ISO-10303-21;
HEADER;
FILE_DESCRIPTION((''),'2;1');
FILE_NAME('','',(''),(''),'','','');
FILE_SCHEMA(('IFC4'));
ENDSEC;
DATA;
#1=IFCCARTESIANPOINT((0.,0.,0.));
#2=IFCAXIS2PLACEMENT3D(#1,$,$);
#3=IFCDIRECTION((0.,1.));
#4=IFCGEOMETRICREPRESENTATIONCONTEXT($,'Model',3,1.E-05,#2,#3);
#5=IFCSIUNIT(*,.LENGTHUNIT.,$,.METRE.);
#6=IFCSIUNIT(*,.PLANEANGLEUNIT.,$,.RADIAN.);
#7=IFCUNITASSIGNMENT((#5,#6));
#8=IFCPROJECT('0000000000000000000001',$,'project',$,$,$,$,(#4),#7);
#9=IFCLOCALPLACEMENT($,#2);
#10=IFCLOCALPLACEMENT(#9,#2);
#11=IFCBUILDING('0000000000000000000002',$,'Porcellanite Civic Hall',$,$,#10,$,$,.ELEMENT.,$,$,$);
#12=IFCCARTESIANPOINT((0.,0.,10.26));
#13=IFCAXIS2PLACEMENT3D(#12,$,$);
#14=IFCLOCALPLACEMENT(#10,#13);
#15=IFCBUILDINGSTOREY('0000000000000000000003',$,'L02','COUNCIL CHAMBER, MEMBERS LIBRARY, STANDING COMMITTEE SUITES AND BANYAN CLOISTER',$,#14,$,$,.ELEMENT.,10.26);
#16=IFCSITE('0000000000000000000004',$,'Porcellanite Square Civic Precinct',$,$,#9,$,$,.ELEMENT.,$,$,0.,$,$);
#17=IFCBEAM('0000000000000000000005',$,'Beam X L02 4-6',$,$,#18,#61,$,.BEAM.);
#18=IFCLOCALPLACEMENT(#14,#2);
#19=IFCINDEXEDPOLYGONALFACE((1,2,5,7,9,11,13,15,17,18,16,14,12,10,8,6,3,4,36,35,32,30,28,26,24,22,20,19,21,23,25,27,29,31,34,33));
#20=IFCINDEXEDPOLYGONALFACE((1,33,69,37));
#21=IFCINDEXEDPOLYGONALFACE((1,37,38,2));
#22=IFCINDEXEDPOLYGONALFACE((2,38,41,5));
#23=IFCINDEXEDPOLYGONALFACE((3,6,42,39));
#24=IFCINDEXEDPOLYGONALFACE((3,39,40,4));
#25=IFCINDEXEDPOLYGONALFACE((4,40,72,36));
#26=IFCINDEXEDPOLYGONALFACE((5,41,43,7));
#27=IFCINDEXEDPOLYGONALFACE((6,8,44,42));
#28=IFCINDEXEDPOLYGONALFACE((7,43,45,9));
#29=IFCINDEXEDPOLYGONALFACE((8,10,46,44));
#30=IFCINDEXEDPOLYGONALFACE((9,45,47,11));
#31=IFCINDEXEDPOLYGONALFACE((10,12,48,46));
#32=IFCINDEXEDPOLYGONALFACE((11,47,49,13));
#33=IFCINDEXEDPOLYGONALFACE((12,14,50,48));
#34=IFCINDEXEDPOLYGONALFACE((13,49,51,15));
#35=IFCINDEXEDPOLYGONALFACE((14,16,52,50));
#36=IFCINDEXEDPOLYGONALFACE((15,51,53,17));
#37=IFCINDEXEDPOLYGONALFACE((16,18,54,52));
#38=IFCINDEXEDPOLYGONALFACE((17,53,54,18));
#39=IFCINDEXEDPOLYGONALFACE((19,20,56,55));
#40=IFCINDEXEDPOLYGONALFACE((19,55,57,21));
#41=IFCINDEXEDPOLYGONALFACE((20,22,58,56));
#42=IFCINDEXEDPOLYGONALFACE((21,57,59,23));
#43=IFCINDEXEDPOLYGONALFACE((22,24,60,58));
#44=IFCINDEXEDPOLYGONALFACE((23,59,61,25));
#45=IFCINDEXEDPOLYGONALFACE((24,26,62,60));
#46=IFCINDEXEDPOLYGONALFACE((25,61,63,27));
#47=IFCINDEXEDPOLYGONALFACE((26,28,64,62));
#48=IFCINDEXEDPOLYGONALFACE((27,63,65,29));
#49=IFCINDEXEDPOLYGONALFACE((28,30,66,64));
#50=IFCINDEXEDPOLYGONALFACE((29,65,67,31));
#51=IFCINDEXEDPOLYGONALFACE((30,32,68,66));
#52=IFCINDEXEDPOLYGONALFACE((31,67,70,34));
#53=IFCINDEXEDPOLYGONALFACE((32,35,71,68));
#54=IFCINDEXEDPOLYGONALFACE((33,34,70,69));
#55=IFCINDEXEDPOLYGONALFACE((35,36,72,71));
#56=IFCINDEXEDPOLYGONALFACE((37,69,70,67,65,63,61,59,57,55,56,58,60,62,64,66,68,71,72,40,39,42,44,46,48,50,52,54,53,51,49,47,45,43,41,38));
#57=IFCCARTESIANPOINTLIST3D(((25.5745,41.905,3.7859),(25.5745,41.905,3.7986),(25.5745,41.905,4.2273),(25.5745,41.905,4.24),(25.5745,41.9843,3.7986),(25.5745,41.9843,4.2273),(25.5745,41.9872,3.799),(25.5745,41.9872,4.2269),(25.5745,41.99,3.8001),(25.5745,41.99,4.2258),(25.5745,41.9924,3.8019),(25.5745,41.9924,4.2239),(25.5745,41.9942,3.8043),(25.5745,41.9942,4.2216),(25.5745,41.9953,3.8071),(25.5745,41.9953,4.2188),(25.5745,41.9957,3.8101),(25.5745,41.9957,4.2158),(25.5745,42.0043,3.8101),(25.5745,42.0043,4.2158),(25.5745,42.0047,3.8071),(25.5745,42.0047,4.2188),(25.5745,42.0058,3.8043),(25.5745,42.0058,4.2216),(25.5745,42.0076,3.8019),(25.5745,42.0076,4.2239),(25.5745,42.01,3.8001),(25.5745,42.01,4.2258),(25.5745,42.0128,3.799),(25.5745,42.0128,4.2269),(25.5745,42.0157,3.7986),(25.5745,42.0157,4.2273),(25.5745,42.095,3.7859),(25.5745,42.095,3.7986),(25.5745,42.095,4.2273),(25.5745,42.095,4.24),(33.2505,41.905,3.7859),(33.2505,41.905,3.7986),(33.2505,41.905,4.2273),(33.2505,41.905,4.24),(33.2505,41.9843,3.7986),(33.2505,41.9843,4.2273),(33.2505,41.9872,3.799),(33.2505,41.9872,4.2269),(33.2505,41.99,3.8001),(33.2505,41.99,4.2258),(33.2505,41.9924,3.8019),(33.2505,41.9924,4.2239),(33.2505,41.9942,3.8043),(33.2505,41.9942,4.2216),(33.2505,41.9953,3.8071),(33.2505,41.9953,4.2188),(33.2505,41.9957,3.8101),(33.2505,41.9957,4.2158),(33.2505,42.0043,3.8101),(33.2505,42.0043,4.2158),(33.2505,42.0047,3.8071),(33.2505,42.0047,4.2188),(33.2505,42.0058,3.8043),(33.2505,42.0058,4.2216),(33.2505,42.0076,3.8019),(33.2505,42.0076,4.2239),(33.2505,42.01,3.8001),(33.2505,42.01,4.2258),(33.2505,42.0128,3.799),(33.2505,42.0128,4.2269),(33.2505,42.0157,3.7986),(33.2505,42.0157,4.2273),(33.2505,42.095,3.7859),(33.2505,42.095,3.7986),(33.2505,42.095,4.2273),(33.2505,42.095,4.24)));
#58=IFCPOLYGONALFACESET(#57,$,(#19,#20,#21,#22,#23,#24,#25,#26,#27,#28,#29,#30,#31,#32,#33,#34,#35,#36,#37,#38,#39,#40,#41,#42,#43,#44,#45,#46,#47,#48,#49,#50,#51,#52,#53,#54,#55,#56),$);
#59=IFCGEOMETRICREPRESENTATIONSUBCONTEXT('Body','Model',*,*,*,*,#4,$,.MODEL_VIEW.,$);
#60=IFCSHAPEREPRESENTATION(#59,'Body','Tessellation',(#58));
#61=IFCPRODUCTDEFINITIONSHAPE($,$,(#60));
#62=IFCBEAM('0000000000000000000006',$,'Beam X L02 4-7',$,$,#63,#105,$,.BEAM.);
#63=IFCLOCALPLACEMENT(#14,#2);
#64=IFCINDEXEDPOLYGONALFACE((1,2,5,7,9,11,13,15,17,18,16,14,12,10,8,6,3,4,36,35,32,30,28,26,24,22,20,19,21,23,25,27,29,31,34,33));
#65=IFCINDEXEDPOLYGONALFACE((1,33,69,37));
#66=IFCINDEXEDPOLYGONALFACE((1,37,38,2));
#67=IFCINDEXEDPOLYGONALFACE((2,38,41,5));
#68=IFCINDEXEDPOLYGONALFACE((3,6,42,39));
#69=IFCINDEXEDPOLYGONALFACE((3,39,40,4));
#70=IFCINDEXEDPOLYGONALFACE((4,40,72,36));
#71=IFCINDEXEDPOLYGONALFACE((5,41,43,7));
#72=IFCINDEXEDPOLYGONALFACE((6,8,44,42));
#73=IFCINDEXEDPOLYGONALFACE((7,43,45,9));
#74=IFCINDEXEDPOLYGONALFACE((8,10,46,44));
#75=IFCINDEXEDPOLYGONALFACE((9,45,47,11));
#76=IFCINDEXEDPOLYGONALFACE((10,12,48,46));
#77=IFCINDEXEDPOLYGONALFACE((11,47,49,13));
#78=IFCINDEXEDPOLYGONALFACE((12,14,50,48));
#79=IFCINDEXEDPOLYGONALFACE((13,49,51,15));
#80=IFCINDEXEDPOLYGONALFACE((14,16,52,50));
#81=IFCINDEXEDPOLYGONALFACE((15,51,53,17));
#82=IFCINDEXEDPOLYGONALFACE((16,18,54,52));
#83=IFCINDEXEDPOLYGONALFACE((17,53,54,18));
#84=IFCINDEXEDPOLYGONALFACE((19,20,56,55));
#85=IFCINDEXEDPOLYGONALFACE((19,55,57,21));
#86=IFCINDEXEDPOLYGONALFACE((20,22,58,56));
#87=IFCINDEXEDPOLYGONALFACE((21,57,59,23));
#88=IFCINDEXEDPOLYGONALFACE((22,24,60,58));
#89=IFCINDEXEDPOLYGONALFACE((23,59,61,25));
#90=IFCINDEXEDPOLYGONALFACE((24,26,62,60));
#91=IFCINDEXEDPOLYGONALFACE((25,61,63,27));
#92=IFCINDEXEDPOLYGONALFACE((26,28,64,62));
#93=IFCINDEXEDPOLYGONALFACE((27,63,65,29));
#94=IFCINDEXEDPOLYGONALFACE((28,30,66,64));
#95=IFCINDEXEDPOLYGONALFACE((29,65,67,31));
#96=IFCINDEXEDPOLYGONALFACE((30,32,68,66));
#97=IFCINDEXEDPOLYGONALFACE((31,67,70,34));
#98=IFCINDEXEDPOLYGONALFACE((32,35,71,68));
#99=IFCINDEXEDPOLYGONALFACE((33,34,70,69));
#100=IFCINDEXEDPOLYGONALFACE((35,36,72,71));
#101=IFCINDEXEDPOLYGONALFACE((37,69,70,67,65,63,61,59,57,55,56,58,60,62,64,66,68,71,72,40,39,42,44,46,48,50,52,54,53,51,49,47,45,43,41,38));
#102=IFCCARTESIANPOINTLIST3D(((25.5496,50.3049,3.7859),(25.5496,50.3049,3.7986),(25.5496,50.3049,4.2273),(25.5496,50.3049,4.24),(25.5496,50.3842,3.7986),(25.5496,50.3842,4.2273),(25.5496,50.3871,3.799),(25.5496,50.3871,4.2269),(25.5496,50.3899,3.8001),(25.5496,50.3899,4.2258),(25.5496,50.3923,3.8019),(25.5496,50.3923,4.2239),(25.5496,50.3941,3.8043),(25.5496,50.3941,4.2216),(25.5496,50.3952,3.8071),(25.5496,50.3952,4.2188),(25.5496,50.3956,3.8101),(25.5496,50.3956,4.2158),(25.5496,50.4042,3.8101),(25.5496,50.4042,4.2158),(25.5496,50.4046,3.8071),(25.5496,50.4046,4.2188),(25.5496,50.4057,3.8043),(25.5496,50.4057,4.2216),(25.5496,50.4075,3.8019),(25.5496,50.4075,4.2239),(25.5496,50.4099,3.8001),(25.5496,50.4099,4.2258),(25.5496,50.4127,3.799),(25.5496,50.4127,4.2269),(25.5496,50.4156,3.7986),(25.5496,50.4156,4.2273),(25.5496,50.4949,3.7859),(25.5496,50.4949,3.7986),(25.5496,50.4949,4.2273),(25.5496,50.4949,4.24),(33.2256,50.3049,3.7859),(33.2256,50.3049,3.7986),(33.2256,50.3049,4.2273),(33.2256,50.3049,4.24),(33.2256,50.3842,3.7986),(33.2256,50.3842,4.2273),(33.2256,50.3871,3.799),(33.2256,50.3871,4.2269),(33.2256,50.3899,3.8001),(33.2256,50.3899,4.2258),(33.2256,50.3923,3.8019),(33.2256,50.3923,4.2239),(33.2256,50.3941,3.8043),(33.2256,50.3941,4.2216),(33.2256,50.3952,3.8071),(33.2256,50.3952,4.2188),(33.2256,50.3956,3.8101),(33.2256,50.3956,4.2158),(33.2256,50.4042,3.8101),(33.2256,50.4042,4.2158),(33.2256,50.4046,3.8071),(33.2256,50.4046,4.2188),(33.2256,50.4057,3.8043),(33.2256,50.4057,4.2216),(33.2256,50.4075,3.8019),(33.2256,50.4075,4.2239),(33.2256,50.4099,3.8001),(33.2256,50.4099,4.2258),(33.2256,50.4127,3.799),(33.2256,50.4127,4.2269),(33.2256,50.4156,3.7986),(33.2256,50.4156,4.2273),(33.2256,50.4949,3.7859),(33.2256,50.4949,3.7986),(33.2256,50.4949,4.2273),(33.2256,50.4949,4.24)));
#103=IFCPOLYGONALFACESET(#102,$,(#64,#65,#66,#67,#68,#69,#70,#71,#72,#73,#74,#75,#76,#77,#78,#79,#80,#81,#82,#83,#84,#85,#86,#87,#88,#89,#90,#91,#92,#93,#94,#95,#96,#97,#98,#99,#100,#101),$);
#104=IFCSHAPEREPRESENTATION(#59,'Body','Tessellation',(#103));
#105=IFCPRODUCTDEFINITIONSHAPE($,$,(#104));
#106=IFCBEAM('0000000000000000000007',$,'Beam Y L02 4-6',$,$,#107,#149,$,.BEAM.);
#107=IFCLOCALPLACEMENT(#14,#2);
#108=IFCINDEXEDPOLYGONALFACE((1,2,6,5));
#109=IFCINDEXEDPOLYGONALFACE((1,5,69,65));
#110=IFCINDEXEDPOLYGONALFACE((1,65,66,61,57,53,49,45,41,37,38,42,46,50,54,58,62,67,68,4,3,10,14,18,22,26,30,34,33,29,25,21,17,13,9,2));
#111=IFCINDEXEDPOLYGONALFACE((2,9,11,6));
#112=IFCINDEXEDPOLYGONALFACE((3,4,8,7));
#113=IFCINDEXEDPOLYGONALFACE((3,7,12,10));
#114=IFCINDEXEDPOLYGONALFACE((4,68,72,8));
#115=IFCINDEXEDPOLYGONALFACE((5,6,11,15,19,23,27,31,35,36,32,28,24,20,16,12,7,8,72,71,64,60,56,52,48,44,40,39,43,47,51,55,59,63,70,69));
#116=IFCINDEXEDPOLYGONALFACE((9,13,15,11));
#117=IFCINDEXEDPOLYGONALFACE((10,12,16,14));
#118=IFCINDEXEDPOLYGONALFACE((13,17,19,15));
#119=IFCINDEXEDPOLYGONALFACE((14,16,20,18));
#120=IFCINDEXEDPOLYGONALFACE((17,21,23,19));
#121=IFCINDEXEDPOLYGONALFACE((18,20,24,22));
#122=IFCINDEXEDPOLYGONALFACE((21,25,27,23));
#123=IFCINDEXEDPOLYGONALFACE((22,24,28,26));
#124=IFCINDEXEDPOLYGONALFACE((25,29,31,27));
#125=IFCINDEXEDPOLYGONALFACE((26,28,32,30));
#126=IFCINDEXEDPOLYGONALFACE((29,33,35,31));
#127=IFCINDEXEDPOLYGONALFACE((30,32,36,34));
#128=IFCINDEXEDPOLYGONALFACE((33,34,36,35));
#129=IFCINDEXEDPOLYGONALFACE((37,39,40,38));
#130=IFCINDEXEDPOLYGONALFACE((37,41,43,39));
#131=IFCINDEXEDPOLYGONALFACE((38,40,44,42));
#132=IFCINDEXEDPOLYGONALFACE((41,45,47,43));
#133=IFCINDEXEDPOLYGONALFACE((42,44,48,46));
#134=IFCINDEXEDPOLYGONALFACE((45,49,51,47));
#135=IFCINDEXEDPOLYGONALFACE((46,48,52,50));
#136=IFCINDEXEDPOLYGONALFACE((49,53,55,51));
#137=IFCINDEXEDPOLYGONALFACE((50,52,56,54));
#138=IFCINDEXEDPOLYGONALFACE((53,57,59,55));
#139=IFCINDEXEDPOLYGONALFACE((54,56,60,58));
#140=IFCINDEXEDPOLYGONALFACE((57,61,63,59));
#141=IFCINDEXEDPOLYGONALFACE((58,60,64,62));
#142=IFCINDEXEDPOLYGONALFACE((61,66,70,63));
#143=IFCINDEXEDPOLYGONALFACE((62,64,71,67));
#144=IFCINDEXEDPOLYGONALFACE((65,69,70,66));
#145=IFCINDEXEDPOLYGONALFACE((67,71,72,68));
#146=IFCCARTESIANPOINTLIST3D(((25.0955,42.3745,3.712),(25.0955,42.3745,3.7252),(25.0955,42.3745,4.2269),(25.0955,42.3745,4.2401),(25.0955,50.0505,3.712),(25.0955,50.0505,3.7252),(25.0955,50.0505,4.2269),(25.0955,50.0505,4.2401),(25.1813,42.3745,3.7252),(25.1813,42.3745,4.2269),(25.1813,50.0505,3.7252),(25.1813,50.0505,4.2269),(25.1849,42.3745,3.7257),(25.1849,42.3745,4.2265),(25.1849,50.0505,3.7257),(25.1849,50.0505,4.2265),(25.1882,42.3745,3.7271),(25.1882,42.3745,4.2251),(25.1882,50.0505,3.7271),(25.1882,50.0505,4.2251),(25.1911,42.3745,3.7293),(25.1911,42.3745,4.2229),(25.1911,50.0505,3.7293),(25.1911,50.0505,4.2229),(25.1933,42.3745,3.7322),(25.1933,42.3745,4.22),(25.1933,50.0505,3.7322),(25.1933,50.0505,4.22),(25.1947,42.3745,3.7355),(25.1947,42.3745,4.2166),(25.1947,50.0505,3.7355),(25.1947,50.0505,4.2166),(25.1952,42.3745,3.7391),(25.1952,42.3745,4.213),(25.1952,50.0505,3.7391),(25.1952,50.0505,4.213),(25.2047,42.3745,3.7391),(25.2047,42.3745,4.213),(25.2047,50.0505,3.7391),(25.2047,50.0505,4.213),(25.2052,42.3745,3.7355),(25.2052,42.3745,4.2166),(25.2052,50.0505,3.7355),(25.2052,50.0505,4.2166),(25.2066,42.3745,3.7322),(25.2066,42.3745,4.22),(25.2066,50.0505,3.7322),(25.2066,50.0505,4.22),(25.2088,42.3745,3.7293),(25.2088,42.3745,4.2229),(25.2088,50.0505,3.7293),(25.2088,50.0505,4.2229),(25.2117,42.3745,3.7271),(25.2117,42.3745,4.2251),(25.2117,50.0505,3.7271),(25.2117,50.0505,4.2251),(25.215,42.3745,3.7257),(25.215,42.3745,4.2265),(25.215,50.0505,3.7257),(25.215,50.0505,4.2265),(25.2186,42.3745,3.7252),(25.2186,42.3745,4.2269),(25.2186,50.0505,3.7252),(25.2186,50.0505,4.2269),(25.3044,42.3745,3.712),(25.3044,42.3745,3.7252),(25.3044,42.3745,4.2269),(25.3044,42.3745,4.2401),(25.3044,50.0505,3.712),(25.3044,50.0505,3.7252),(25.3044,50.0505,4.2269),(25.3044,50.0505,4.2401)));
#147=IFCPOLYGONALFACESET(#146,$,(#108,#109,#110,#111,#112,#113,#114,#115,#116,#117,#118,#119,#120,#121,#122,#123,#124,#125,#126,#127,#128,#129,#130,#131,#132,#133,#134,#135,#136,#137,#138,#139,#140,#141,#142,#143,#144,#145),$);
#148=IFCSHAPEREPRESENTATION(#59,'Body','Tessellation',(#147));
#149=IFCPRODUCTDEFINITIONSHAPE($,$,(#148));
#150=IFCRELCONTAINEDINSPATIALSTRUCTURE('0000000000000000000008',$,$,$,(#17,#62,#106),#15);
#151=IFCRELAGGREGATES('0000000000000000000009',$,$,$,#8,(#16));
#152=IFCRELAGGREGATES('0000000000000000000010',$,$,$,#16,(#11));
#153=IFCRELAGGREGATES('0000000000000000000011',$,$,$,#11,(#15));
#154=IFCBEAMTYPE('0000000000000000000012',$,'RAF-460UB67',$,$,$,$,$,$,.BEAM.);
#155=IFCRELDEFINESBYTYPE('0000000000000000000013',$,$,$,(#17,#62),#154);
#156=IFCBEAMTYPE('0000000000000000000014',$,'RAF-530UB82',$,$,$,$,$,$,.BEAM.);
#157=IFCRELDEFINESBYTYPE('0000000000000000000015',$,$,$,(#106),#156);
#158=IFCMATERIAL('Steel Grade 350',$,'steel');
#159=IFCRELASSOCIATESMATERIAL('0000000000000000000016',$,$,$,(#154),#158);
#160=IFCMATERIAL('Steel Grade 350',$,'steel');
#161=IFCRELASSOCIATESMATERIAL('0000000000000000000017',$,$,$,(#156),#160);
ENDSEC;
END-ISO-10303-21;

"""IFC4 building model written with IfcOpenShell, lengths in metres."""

from ifc_helpers import new_model, si_unit, direction, frame, origin, origin_2d, place, context, subcontext, project, spatial, i_section, extrude, material, material_profile, profile_set, type_object, element, save


model = new_model("IFC4")

# Units and contexts
model_context = context("Model", 3, precision=1e-05, world=origin(), true_north=direction((0.0, 1.0)))
body_context = subcontext(model_context, "Body", "Model", "MODEL_VIEW")
ifc_project = project(units=[si_unit("LENGTHUNIT", "METRE"), si_unit("PLANEANGLEUNIT", "RADIAN")], contexts=[model_context])

# Site, building, storey
site_placement = place(None, origin())
site = spatial("IfcSite", under=ifc_project, at=site_placement, Name="Porcellanite Square Civic Precinct", CompositionType="ELEMENT", RefElevation=0.0)
building_placement = place(site_placement, origin())
building = spatial("IfcBuilding", under=site, at=building_placement, Name="Porcellanite Civic Hall", CompositionType="ELEMENT")
storey_placement = place(building_placement, frame((0.0, 0.0, 10.26)))
storey = spatial("IfcBuildingStorey", under=building, at=storey_placement, Name="L02", Description="COUNCIL CHAMBER, MEMBERS LIBRARY, STANDING COMMITTEE SUITES AND BANYAN CLOISTER", CompositionType="ELEMENT", Elevation=10.26)

# Beams
ifc_material_1 = material(Name="Steel Grade 350", Category="steel")
ifc_material_profile_1 = material_profile(ifc_material_1, i_section(OverallWidth=0.1899, OverallDepth=0.4541, WebThickness=0.0085, FlangeThickness=0.0127, FilletRadius=0.0115, at=origin_2d()), Name="460UB67.1")
ifc_profile_set_1 = profile_set([ifc_material_profile_1], Name="Steel Grade 350")
beam_type_1 = type_object("IfcBeamType", Name="RAF-460UB67", PredefinedType="BEAM", material=ifc_profile_set_1)
for number, where, z_axis, x_axis, name in (
    (1, (25.5745, 42.0, 4.0129), (1.0, 0.0, 0.0), (0.0, 1.0, 0.0), "Beam X L02 4-6"),
    (2, (25.5496, 50.3999, 4.0129), (1.0, 0.0, 0.0), (0.0, 1.0, 0.0), "Beam X L02 4-7"),
):
    element("IfcBeam", number, at=place(storey_placement, frame(where, z_axis=z_axis, x_axis=x_axis)), inside=storey, type_object=beam_type_1, Name=name, PredefinedType="BEAM", context=body_context, shape_type="SweptSolid", body=[
        extrude(i_section(OverallWidth=0.1899, OverallDepth=0.4541, WebThickness=0.0085, FlangeThickness=0.0127, FilletRadius=0.0115, at=origin_2d()), origin(), (0.0, 0.0, 1.0), 7.676),
    ])
ifc_material_2 = material(Name="Steel Grade 350", Category="steel")
ifc_material_profile_2 = material_profile(ifc_material_2, i_section(OverallWidth=0.209, OverallDepth=0.5281, WebThickness=0.0095, FlangeThickness=0.0132, FilletRadius=0.0139, at=origin_2d()), Name="530UB82.0")
ifc_profile_set_2 = profile_set([ifc_material_profile_2], Name="Steel Grade 350")
beam_type_2 = type_object("IfcBeamType", Name="RAF-530UB82", PredefinedType="BEAM", material=ifc_profile_set_2)
beam_1_placement = place(storey_placement, frame((25.2, 42.3745, 3.9761), z_axis=(0.0, 1.0, 0.0), x_axis=(-1.0, 0.0, 0.0)))
element("IfcBeam", 3, at=beam_1_placement, inside=storey, type_object=beam_type_2, Name="Beam Y L02 4-6", PredefinedType="BEAM", context=body_context, shape_type="SweptSolid", body=[
    extrude(i_section(OverallWidth=0.209, OverallDepth=0.5281, WebThickness=0.0095, FlangeThickness=0.0132, FilletRadius=0.0139, at=origin_2d()), origin(), (0.0, 0.0, 1.0), 7.676),
])

save(model, "model.ifc")
